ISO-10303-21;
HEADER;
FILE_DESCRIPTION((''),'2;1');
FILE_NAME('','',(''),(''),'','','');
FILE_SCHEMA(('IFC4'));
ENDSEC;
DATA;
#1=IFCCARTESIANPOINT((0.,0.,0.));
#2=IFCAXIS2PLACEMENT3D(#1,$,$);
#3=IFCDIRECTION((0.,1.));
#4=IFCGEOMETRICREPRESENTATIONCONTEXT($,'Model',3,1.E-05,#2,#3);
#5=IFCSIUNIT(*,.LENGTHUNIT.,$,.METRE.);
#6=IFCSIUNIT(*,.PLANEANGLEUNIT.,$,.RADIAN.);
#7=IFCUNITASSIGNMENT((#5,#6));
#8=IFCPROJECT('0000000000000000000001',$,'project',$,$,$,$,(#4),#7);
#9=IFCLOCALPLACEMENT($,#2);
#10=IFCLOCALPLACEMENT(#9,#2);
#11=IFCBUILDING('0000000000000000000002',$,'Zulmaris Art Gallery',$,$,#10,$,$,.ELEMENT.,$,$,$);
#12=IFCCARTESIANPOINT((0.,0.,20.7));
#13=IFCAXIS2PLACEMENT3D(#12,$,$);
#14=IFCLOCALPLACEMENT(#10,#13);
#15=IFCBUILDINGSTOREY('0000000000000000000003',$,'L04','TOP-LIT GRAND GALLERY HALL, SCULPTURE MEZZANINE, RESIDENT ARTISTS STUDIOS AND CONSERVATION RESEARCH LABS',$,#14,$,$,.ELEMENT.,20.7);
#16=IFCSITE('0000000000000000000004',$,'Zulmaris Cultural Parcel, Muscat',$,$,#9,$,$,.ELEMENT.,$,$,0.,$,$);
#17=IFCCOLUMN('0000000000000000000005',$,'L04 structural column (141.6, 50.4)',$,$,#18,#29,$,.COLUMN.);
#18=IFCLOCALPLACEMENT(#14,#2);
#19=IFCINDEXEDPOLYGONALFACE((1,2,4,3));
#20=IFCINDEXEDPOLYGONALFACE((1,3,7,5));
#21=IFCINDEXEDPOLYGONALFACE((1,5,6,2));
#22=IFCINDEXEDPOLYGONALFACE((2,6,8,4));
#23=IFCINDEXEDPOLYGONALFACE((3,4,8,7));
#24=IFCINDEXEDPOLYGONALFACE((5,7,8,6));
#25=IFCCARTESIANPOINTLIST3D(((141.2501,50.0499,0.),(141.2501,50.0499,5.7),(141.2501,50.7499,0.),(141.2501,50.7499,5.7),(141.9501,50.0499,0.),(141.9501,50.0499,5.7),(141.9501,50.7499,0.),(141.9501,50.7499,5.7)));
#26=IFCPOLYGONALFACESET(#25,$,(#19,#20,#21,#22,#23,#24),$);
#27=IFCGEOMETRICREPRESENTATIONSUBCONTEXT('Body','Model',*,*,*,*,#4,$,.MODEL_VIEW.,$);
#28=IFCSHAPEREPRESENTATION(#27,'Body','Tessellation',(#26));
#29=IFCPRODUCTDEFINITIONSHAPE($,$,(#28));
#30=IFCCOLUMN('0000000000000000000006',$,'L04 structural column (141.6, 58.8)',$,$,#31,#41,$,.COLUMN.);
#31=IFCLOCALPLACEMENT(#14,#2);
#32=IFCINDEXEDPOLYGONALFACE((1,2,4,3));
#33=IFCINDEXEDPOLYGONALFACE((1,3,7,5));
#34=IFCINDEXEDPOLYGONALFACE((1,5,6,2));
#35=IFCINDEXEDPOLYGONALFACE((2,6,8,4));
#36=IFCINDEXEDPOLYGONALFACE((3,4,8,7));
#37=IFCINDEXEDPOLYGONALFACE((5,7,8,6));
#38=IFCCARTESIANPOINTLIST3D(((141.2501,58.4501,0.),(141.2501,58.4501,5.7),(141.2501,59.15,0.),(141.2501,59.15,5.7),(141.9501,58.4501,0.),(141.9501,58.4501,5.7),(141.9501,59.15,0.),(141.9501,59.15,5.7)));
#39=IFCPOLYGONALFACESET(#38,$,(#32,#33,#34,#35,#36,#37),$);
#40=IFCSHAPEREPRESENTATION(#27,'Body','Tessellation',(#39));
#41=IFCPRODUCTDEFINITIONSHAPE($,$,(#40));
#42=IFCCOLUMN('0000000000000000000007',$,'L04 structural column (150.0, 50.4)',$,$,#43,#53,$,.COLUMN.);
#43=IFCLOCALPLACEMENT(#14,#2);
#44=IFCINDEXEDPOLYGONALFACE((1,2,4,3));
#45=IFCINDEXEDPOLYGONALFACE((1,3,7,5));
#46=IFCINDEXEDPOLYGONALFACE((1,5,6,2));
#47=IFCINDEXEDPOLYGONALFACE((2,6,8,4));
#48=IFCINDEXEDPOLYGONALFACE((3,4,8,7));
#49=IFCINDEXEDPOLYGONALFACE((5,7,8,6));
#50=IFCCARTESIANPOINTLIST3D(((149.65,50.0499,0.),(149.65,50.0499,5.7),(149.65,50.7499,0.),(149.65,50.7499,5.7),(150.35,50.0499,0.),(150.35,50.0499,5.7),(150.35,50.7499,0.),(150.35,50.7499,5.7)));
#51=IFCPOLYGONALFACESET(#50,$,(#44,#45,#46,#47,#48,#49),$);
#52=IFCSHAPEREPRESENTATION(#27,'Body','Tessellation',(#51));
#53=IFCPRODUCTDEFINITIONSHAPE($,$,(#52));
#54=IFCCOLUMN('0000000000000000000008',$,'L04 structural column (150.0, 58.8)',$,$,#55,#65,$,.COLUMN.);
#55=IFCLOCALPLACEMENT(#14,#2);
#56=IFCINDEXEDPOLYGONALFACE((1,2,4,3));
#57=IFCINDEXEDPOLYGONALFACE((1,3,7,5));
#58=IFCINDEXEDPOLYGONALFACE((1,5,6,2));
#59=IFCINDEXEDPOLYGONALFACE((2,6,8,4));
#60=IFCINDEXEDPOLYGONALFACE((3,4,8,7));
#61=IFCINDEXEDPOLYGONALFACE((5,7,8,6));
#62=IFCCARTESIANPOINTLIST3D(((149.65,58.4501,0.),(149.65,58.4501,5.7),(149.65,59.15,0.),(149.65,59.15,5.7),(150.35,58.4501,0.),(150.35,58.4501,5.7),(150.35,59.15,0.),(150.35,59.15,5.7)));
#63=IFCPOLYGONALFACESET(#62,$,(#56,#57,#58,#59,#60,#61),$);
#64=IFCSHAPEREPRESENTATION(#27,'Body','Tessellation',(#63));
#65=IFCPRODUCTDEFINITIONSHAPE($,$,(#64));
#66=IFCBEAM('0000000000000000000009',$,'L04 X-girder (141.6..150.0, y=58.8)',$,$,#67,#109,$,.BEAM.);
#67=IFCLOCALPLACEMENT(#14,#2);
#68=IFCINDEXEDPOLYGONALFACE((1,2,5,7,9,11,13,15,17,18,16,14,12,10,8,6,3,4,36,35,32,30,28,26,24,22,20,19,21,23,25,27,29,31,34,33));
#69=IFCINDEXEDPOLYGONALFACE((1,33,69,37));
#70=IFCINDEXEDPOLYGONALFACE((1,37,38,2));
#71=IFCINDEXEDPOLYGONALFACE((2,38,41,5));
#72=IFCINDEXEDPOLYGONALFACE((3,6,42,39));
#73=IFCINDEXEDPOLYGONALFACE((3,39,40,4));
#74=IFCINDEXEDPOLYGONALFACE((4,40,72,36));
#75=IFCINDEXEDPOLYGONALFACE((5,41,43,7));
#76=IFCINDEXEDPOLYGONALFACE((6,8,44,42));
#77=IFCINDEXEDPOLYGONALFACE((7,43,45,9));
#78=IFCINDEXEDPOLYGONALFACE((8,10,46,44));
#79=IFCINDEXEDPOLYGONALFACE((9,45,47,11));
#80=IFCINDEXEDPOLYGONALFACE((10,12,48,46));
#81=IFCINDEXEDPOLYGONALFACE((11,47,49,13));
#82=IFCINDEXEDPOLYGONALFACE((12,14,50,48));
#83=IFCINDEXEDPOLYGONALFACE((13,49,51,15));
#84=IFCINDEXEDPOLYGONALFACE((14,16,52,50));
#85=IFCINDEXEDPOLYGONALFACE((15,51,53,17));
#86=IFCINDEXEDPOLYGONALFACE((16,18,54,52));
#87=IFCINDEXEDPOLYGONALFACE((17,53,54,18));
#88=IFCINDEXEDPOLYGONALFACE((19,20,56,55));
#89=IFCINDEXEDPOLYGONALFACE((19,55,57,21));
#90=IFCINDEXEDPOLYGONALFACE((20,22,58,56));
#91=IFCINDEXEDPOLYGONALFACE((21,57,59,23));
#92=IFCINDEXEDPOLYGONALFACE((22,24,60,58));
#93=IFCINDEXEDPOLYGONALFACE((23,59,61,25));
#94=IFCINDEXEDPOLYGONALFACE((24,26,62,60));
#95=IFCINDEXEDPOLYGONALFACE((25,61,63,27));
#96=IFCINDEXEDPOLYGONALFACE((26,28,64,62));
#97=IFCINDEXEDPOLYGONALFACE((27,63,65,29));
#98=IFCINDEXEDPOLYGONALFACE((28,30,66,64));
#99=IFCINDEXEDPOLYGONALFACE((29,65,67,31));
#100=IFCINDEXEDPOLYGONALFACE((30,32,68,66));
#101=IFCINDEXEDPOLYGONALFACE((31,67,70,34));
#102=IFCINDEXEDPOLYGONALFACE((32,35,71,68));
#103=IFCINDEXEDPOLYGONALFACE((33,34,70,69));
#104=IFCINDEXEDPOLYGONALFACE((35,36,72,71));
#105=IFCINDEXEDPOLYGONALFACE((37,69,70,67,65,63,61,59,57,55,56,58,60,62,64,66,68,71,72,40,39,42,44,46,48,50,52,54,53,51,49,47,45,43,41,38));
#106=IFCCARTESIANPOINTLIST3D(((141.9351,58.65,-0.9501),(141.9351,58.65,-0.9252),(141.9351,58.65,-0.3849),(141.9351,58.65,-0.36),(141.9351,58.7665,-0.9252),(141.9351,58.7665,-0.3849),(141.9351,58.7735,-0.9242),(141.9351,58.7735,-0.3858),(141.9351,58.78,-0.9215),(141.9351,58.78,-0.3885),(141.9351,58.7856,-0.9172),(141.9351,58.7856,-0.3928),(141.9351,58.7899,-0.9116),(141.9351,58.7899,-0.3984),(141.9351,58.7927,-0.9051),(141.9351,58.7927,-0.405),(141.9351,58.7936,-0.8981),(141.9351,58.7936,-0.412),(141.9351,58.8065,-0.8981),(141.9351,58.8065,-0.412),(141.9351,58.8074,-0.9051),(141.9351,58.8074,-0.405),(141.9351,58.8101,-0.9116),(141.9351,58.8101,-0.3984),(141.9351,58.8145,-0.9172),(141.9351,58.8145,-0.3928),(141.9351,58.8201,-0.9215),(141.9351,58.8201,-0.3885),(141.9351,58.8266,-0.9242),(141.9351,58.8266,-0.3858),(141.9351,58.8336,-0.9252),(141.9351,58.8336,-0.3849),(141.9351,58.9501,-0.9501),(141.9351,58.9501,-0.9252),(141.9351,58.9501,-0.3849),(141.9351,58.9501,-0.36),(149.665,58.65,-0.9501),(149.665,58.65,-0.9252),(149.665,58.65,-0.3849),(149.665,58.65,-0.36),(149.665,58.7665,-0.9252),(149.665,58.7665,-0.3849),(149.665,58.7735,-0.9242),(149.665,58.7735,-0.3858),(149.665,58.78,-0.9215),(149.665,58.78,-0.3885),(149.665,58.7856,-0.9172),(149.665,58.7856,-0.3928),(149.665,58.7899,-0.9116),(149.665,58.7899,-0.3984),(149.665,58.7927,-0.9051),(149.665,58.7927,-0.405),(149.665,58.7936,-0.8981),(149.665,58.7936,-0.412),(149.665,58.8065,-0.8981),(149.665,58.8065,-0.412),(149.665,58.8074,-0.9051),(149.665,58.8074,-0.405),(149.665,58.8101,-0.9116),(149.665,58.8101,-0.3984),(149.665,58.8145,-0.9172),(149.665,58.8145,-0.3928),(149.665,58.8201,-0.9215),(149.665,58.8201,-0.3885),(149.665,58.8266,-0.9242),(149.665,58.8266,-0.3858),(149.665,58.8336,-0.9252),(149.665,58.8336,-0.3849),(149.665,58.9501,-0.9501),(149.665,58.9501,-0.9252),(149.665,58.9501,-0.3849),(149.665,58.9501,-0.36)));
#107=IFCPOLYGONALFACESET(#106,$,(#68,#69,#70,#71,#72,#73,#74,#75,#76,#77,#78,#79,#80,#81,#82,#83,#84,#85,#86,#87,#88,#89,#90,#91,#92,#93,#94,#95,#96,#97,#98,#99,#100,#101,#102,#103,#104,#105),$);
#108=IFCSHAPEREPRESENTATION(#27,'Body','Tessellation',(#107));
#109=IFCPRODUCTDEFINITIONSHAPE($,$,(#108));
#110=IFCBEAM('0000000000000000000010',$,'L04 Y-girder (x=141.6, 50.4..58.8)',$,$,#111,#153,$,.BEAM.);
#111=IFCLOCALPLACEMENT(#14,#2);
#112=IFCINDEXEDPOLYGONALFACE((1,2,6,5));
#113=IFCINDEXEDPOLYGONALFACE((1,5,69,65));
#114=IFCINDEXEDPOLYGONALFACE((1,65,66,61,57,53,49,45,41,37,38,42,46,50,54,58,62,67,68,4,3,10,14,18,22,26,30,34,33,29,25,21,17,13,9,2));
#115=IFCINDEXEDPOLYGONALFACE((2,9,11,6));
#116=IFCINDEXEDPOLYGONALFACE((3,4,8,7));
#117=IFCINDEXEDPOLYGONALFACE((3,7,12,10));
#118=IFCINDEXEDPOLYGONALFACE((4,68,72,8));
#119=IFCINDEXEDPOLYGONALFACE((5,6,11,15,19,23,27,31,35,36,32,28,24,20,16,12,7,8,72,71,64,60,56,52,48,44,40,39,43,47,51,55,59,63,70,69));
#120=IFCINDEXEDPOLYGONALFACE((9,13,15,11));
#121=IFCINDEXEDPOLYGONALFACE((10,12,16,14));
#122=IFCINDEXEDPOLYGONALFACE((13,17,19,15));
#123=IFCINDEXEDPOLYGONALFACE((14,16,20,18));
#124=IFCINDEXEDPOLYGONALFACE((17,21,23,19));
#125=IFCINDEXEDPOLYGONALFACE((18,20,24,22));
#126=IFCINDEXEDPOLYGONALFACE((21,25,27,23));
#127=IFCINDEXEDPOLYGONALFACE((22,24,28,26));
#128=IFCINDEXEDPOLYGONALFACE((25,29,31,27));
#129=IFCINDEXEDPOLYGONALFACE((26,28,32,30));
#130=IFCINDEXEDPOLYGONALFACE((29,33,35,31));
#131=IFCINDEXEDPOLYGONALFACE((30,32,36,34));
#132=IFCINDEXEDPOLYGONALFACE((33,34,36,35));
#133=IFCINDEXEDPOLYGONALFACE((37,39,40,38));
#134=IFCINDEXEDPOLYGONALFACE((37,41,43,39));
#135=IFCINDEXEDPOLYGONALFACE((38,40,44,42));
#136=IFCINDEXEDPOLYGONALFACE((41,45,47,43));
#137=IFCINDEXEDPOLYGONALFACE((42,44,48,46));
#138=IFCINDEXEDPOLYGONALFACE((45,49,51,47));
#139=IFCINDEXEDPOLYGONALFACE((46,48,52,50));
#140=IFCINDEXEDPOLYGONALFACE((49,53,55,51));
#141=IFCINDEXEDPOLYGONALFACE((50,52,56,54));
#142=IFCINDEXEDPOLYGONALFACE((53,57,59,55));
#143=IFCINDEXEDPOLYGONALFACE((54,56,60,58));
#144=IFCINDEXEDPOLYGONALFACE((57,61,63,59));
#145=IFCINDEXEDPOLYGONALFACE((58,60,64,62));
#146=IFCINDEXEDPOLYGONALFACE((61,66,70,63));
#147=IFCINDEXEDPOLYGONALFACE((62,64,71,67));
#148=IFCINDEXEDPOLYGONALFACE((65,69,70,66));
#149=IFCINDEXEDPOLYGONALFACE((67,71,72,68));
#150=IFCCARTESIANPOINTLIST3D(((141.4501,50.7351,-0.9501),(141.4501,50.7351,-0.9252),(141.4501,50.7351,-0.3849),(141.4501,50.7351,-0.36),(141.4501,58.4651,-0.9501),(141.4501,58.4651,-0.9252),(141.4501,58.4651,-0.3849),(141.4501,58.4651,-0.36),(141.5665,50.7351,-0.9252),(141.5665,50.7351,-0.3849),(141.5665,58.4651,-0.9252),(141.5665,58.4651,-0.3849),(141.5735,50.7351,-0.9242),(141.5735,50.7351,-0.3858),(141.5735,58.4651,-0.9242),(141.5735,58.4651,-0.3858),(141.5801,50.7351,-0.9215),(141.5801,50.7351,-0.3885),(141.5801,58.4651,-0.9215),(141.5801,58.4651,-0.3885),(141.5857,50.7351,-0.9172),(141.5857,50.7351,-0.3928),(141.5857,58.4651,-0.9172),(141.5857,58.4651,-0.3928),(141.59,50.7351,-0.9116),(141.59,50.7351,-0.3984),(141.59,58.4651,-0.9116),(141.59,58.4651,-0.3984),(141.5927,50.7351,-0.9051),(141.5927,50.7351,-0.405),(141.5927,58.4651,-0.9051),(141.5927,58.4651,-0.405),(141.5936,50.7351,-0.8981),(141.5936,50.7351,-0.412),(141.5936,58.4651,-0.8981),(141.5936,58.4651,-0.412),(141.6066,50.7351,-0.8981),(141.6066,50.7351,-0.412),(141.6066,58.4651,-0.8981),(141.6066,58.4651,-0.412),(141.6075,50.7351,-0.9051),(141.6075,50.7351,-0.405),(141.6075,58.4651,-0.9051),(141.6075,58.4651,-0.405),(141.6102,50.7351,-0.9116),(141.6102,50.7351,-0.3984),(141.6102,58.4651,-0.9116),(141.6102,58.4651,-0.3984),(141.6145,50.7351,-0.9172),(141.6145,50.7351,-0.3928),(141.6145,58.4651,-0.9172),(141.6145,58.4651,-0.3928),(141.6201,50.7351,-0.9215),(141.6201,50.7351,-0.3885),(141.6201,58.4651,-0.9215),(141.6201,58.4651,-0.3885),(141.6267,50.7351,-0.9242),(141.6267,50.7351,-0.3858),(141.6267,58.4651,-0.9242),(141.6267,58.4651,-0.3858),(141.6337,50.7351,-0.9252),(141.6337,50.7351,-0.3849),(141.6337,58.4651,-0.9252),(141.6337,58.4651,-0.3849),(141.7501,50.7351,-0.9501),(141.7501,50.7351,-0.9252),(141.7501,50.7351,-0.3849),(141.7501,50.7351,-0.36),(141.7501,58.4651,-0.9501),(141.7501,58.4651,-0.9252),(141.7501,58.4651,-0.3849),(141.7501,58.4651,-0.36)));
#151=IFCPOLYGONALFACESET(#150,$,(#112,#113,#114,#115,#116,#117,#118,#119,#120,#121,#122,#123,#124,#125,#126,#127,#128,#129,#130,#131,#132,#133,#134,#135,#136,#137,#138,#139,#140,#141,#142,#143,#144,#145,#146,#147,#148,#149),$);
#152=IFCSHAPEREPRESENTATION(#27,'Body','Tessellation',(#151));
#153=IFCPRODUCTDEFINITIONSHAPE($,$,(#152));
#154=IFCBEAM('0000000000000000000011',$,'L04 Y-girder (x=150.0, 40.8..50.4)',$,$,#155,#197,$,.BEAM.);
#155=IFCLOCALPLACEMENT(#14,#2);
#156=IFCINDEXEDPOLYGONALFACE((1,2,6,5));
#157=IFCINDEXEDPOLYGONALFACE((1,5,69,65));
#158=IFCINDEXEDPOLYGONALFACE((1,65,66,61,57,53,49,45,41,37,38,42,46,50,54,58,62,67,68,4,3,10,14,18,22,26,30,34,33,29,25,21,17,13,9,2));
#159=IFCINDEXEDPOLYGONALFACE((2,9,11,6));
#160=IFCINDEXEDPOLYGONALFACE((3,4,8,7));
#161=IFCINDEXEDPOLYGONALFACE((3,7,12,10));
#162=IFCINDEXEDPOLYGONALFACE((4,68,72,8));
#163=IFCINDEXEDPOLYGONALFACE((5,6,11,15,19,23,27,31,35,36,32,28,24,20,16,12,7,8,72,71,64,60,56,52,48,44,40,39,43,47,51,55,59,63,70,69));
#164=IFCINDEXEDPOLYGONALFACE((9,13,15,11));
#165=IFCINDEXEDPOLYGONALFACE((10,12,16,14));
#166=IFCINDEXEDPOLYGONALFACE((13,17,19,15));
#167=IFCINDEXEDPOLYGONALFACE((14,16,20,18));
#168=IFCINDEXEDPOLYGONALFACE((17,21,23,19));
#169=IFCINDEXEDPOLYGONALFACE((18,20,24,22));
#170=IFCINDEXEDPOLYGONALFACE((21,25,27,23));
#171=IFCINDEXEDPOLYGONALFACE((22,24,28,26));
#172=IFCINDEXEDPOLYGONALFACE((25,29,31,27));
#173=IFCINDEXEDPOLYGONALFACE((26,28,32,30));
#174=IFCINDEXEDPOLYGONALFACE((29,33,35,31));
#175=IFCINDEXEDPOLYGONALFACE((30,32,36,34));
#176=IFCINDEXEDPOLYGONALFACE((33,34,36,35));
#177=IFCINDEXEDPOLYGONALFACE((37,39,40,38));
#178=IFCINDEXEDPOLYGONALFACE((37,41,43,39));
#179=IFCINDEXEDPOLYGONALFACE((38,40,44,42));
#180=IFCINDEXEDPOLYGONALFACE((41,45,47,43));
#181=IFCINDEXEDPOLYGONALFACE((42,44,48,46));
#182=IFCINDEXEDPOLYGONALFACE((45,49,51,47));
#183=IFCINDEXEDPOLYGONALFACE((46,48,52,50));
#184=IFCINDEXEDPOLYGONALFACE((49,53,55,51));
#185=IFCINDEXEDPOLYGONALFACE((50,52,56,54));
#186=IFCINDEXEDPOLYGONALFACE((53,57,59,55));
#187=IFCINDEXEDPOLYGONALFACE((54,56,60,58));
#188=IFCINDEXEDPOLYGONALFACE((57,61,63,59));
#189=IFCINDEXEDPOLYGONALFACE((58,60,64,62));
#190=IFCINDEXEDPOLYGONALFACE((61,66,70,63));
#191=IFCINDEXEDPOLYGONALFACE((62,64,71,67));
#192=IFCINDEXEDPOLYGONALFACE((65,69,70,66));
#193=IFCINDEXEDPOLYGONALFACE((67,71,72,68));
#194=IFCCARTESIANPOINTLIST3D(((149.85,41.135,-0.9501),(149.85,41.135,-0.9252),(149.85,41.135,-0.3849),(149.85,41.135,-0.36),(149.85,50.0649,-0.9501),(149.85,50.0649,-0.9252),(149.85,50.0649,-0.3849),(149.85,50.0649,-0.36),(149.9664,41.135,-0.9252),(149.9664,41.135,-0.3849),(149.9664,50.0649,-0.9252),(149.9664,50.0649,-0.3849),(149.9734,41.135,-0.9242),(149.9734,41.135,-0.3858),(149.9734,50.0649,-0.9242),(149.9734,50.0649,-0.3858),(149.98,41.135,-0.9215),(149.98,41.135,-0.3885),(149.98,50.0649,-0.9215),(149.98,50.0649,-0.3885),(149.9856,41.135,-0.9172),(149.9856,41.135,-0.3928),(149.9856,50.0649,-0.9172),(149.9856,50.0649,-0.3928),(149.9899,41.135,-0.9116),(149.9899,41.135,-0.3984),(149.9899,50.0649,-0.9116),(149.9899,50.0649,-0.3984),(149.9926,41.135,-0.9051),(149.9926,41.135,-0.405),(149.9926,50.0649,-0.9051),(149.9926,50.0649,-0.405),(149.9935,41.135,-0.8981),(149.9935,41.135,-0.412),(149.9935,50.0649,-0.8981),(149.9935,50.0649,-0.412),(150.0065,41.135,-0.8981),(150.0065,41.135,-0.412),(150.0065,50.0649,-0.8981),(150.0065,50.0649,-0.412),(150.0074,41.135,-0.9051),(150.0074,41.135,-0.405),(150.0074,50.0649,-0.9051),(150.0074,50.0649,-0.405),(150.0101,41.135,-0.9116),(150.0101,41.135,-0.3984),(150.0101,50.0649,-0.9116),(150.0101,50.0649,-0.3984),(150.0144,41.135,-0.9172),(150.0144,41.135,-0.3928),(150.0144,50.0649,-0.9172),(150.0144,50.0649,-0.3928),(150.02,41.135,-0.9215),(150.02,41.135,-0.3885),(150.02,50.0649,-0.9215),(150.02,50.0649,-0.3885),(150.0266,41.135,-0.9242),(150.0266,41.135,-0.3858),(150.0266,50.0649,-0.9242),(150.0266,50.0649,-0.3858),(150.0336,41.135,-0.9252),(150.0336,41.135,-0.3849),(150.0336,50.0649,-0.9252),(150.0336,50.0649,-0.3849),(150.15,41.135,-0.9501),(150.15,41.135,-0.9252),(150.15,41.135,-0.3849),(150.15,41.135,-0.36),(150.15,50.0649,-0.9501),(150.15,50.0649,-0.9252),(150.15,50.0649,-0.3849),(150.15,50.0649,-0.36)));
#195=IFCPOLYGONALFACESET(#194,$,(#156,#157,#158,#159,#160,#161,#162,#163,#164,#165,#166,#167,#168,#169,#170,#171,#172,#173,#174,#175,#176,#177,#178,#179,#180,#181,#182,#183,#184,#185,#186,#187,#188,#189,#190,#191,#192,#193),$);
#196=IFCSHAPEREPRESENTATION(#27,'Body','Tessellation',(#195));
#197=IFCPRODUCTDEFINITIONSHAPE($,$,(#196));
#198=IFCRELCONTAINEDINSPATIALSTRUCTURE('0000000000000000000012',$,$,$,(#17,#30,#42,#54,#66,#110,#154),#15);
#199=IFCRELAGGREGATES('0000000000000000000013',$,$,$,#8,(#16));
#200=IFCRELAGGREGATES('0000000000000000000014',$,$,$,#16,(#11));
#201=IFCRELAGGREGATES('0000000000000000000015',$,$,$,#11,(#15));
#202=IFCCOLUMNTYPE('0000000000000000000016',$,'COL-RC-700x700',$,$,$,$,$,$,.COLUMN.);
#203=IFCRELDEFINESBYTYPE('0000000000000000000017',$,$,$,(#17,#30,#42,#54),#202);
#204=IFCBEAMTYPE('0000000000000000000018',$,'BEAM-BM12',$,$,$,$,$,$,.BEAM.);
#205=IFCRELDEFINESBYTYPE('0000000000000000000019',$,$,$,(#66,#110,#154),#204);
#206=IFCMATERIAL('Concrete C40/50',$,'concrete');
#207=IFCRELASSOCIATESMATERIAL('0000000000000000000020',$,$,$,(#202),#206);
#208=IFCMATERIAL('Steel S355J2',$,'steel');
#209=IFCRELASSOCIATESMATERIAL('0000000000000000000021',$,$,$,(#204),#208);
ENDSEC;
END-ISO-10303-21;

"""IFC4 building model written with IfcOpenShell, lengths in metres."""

from ifc_helpers import new_model, si_unit, direction, frame, origin, origin_2d, place, context, subcontext, project, spatial, rectangle, i_section, extrude, material, material_profile, profile_set, type_object, element, save


model = new_model("IFC4")

# Units and contexts
model_context = context("Model", 3, precision=1e-05, world=origin(), true_north=direction((0.0, 1.0)))
body_context = subcontext(model_context, "Body", "Model", "MODEL_VIEW")
ifc_project = project(units=[si_unit("LENGTHUNIT", "METRE"), si_unit("PLANEANGLEUNIT", "RADIAN")], contexts=[model_context])

# Site, building, storey
site_placement = place(None, origin())
site = spatial("IfcSite", under=ifc_project, at=site_placement, Name="Zulmaris Cultural Parcel, Muscat", CompositionType="ELEMENT", RefElevation=0.0)
building_placement = place(site_placement, origin())
building = spatial("IfcBuilding", under=site, at=building_placement, Name="Zulmaris Art Gallery", CompositionType="ELEMENT")
storey_placement = place(building_placement, frame((0.0, 0.0, 20.7)))
storey = spatial("IfcBuildingStorey", under=building, at=storey_placement, Name="L04", Description="TOP-LIT GRAND GALLERY HALL, SCULPTURE MEZZANINE, RESIDENT ARTISTS STUDIOS AND CONSERVATION RESEARCH LABS", CompositionType="ELEMENT", Elevation=20.7)

# Columns
ifc_material_1 = material(Name="Concrete C40/50", Category="concrete")
ifc_material_profile_1 = material_profile(ifc_material_1, rectangle(XDim=0.7, YDim=0.7, at=origin_2d()), Name="RC 700x700")
ifc_profile_set_1 = profile_set([ifc_material_profile_1], Name="Concrete C40/50")
column_type = type_object("IfcColumnType", Name="COL-RC-700x700", PredefinedType="COLUMN", material=ifc_profile_set_1)
for number, where, z_axis, x_axis, name in (
    (1, (141.6001, 50.3999, 0.0), (0.0, 0.0, 1.0), (1.0, 0.0, 0.0), "L04 structural column (141.6, 50.4)"),
    (2, (141.6001, 58.8, 0.0), (0.0, 0.0, 1.0), (1.0, 0.0, 0.0), "L04 structural column (141.6, 58.8)"),
    (3, (150.0, 50.3999, 0.0), (0.0, 0.0, 1.0), (1.0, 0.0, 0.0), "L04 structural column (150.0, 50.4)"),
    (4, (150.0, 58.8, 0.0), (0.0, 0.0, 1.0), (1.0, 0.0, 0.0), "L04 structural column (150.0, 58.8)"),
):
    element("IfcColumn", number, at=place(storey_placement, frame(where, z_axis=z_axis, x_axis=x_axis)), inside=storey, type_object=column_type, Name=name, PredefinedType="COLUMN", context=body_context, shape_type="SweptSolid", body=[
        extrude(rectangle(XDim=0.7, YDim=0.7, at=origin_2d()), origin(), (0.0, 0.0, 1.0), 5.7),
    ])

# Beams
ifc_material_2 = material(Name="Steel S355J2", Category="steel")
ifc_material_profile_2 = material_profile(ifc_material_2, i_section(OverallWidth=0.3, OverallDepth=0.5901, WebThickness=0.0129, FlangeThickness=0.0249, FilletRadius=0.0271, at=origin_2d()), Name="HEA 600")
ifc_profile_set_2 = profile_set([ifc_material_profile_2], Name="Steel S355J2")
beam_type_1 = type_object("IfcBeamType", Name="BEAM-BM12", PredefinedType="BEAM", material=ifc_profile_set_2)
for number, where, z_axis, x_axis, name in (
    (5, (141.9351, 58.8, -0.655), (1.0, 0.0, 0.0), (0.0, 1.0, 0.0), "L04 X-girder (141.6..150.0, y=58.8)"),
    (6, (141.6001, 50.7351, -0.655), (0.0, 1.0, 0.0), (-1.0, 0.0, 0.0), "L04 Y-girder (x=141.6, 50.4..58.8)"),
):
    element("IfcBeam", number, at=place(storey_placement, frame(where, z_axis=z_axis, x_axis=x_axis)), inside=storey, type_object=beam_type_1, Name=name, PredefinedType="BEAM", context=body_context, shape_type="SweptSolid", body=[
        extrude(i_section(OverallWidth=0.3, OverallDepth=0.5901, WebThickness=0.0129, FlangeThickness=0.0249, FilletRadius=0.0271, at=origin_2d()), origin(), (0.0, 0.0, 1.0), 7.73),
    ])
beam_1_placement = place(storey_placement, frame((150.0, 41.135, -0.655), z_axis=(0.0, 1.0, 0.0), x_axis=(-1.0, 0.0, 0.0)))
element("IfcBeam", 7, at=beam_1_placement, inside=storey, type_object=beam_type_1, Name="L04 Y-girder (x=150.0, 40.8..50.4)", PredefinedType="BEAM", context=body_context, shape_type="SweptSolid", body=[
    extrude(i_section(OverallWidth=0.3, OverallDepth=0.5901, WebThickness=0.0129, FlangeThickness=0.0249, FilletRadius=0.0271, at=origin_2d()), origin(), (0.0, 0.0, 1.0), 8.9299),
])

save(model, "model.ifc")
